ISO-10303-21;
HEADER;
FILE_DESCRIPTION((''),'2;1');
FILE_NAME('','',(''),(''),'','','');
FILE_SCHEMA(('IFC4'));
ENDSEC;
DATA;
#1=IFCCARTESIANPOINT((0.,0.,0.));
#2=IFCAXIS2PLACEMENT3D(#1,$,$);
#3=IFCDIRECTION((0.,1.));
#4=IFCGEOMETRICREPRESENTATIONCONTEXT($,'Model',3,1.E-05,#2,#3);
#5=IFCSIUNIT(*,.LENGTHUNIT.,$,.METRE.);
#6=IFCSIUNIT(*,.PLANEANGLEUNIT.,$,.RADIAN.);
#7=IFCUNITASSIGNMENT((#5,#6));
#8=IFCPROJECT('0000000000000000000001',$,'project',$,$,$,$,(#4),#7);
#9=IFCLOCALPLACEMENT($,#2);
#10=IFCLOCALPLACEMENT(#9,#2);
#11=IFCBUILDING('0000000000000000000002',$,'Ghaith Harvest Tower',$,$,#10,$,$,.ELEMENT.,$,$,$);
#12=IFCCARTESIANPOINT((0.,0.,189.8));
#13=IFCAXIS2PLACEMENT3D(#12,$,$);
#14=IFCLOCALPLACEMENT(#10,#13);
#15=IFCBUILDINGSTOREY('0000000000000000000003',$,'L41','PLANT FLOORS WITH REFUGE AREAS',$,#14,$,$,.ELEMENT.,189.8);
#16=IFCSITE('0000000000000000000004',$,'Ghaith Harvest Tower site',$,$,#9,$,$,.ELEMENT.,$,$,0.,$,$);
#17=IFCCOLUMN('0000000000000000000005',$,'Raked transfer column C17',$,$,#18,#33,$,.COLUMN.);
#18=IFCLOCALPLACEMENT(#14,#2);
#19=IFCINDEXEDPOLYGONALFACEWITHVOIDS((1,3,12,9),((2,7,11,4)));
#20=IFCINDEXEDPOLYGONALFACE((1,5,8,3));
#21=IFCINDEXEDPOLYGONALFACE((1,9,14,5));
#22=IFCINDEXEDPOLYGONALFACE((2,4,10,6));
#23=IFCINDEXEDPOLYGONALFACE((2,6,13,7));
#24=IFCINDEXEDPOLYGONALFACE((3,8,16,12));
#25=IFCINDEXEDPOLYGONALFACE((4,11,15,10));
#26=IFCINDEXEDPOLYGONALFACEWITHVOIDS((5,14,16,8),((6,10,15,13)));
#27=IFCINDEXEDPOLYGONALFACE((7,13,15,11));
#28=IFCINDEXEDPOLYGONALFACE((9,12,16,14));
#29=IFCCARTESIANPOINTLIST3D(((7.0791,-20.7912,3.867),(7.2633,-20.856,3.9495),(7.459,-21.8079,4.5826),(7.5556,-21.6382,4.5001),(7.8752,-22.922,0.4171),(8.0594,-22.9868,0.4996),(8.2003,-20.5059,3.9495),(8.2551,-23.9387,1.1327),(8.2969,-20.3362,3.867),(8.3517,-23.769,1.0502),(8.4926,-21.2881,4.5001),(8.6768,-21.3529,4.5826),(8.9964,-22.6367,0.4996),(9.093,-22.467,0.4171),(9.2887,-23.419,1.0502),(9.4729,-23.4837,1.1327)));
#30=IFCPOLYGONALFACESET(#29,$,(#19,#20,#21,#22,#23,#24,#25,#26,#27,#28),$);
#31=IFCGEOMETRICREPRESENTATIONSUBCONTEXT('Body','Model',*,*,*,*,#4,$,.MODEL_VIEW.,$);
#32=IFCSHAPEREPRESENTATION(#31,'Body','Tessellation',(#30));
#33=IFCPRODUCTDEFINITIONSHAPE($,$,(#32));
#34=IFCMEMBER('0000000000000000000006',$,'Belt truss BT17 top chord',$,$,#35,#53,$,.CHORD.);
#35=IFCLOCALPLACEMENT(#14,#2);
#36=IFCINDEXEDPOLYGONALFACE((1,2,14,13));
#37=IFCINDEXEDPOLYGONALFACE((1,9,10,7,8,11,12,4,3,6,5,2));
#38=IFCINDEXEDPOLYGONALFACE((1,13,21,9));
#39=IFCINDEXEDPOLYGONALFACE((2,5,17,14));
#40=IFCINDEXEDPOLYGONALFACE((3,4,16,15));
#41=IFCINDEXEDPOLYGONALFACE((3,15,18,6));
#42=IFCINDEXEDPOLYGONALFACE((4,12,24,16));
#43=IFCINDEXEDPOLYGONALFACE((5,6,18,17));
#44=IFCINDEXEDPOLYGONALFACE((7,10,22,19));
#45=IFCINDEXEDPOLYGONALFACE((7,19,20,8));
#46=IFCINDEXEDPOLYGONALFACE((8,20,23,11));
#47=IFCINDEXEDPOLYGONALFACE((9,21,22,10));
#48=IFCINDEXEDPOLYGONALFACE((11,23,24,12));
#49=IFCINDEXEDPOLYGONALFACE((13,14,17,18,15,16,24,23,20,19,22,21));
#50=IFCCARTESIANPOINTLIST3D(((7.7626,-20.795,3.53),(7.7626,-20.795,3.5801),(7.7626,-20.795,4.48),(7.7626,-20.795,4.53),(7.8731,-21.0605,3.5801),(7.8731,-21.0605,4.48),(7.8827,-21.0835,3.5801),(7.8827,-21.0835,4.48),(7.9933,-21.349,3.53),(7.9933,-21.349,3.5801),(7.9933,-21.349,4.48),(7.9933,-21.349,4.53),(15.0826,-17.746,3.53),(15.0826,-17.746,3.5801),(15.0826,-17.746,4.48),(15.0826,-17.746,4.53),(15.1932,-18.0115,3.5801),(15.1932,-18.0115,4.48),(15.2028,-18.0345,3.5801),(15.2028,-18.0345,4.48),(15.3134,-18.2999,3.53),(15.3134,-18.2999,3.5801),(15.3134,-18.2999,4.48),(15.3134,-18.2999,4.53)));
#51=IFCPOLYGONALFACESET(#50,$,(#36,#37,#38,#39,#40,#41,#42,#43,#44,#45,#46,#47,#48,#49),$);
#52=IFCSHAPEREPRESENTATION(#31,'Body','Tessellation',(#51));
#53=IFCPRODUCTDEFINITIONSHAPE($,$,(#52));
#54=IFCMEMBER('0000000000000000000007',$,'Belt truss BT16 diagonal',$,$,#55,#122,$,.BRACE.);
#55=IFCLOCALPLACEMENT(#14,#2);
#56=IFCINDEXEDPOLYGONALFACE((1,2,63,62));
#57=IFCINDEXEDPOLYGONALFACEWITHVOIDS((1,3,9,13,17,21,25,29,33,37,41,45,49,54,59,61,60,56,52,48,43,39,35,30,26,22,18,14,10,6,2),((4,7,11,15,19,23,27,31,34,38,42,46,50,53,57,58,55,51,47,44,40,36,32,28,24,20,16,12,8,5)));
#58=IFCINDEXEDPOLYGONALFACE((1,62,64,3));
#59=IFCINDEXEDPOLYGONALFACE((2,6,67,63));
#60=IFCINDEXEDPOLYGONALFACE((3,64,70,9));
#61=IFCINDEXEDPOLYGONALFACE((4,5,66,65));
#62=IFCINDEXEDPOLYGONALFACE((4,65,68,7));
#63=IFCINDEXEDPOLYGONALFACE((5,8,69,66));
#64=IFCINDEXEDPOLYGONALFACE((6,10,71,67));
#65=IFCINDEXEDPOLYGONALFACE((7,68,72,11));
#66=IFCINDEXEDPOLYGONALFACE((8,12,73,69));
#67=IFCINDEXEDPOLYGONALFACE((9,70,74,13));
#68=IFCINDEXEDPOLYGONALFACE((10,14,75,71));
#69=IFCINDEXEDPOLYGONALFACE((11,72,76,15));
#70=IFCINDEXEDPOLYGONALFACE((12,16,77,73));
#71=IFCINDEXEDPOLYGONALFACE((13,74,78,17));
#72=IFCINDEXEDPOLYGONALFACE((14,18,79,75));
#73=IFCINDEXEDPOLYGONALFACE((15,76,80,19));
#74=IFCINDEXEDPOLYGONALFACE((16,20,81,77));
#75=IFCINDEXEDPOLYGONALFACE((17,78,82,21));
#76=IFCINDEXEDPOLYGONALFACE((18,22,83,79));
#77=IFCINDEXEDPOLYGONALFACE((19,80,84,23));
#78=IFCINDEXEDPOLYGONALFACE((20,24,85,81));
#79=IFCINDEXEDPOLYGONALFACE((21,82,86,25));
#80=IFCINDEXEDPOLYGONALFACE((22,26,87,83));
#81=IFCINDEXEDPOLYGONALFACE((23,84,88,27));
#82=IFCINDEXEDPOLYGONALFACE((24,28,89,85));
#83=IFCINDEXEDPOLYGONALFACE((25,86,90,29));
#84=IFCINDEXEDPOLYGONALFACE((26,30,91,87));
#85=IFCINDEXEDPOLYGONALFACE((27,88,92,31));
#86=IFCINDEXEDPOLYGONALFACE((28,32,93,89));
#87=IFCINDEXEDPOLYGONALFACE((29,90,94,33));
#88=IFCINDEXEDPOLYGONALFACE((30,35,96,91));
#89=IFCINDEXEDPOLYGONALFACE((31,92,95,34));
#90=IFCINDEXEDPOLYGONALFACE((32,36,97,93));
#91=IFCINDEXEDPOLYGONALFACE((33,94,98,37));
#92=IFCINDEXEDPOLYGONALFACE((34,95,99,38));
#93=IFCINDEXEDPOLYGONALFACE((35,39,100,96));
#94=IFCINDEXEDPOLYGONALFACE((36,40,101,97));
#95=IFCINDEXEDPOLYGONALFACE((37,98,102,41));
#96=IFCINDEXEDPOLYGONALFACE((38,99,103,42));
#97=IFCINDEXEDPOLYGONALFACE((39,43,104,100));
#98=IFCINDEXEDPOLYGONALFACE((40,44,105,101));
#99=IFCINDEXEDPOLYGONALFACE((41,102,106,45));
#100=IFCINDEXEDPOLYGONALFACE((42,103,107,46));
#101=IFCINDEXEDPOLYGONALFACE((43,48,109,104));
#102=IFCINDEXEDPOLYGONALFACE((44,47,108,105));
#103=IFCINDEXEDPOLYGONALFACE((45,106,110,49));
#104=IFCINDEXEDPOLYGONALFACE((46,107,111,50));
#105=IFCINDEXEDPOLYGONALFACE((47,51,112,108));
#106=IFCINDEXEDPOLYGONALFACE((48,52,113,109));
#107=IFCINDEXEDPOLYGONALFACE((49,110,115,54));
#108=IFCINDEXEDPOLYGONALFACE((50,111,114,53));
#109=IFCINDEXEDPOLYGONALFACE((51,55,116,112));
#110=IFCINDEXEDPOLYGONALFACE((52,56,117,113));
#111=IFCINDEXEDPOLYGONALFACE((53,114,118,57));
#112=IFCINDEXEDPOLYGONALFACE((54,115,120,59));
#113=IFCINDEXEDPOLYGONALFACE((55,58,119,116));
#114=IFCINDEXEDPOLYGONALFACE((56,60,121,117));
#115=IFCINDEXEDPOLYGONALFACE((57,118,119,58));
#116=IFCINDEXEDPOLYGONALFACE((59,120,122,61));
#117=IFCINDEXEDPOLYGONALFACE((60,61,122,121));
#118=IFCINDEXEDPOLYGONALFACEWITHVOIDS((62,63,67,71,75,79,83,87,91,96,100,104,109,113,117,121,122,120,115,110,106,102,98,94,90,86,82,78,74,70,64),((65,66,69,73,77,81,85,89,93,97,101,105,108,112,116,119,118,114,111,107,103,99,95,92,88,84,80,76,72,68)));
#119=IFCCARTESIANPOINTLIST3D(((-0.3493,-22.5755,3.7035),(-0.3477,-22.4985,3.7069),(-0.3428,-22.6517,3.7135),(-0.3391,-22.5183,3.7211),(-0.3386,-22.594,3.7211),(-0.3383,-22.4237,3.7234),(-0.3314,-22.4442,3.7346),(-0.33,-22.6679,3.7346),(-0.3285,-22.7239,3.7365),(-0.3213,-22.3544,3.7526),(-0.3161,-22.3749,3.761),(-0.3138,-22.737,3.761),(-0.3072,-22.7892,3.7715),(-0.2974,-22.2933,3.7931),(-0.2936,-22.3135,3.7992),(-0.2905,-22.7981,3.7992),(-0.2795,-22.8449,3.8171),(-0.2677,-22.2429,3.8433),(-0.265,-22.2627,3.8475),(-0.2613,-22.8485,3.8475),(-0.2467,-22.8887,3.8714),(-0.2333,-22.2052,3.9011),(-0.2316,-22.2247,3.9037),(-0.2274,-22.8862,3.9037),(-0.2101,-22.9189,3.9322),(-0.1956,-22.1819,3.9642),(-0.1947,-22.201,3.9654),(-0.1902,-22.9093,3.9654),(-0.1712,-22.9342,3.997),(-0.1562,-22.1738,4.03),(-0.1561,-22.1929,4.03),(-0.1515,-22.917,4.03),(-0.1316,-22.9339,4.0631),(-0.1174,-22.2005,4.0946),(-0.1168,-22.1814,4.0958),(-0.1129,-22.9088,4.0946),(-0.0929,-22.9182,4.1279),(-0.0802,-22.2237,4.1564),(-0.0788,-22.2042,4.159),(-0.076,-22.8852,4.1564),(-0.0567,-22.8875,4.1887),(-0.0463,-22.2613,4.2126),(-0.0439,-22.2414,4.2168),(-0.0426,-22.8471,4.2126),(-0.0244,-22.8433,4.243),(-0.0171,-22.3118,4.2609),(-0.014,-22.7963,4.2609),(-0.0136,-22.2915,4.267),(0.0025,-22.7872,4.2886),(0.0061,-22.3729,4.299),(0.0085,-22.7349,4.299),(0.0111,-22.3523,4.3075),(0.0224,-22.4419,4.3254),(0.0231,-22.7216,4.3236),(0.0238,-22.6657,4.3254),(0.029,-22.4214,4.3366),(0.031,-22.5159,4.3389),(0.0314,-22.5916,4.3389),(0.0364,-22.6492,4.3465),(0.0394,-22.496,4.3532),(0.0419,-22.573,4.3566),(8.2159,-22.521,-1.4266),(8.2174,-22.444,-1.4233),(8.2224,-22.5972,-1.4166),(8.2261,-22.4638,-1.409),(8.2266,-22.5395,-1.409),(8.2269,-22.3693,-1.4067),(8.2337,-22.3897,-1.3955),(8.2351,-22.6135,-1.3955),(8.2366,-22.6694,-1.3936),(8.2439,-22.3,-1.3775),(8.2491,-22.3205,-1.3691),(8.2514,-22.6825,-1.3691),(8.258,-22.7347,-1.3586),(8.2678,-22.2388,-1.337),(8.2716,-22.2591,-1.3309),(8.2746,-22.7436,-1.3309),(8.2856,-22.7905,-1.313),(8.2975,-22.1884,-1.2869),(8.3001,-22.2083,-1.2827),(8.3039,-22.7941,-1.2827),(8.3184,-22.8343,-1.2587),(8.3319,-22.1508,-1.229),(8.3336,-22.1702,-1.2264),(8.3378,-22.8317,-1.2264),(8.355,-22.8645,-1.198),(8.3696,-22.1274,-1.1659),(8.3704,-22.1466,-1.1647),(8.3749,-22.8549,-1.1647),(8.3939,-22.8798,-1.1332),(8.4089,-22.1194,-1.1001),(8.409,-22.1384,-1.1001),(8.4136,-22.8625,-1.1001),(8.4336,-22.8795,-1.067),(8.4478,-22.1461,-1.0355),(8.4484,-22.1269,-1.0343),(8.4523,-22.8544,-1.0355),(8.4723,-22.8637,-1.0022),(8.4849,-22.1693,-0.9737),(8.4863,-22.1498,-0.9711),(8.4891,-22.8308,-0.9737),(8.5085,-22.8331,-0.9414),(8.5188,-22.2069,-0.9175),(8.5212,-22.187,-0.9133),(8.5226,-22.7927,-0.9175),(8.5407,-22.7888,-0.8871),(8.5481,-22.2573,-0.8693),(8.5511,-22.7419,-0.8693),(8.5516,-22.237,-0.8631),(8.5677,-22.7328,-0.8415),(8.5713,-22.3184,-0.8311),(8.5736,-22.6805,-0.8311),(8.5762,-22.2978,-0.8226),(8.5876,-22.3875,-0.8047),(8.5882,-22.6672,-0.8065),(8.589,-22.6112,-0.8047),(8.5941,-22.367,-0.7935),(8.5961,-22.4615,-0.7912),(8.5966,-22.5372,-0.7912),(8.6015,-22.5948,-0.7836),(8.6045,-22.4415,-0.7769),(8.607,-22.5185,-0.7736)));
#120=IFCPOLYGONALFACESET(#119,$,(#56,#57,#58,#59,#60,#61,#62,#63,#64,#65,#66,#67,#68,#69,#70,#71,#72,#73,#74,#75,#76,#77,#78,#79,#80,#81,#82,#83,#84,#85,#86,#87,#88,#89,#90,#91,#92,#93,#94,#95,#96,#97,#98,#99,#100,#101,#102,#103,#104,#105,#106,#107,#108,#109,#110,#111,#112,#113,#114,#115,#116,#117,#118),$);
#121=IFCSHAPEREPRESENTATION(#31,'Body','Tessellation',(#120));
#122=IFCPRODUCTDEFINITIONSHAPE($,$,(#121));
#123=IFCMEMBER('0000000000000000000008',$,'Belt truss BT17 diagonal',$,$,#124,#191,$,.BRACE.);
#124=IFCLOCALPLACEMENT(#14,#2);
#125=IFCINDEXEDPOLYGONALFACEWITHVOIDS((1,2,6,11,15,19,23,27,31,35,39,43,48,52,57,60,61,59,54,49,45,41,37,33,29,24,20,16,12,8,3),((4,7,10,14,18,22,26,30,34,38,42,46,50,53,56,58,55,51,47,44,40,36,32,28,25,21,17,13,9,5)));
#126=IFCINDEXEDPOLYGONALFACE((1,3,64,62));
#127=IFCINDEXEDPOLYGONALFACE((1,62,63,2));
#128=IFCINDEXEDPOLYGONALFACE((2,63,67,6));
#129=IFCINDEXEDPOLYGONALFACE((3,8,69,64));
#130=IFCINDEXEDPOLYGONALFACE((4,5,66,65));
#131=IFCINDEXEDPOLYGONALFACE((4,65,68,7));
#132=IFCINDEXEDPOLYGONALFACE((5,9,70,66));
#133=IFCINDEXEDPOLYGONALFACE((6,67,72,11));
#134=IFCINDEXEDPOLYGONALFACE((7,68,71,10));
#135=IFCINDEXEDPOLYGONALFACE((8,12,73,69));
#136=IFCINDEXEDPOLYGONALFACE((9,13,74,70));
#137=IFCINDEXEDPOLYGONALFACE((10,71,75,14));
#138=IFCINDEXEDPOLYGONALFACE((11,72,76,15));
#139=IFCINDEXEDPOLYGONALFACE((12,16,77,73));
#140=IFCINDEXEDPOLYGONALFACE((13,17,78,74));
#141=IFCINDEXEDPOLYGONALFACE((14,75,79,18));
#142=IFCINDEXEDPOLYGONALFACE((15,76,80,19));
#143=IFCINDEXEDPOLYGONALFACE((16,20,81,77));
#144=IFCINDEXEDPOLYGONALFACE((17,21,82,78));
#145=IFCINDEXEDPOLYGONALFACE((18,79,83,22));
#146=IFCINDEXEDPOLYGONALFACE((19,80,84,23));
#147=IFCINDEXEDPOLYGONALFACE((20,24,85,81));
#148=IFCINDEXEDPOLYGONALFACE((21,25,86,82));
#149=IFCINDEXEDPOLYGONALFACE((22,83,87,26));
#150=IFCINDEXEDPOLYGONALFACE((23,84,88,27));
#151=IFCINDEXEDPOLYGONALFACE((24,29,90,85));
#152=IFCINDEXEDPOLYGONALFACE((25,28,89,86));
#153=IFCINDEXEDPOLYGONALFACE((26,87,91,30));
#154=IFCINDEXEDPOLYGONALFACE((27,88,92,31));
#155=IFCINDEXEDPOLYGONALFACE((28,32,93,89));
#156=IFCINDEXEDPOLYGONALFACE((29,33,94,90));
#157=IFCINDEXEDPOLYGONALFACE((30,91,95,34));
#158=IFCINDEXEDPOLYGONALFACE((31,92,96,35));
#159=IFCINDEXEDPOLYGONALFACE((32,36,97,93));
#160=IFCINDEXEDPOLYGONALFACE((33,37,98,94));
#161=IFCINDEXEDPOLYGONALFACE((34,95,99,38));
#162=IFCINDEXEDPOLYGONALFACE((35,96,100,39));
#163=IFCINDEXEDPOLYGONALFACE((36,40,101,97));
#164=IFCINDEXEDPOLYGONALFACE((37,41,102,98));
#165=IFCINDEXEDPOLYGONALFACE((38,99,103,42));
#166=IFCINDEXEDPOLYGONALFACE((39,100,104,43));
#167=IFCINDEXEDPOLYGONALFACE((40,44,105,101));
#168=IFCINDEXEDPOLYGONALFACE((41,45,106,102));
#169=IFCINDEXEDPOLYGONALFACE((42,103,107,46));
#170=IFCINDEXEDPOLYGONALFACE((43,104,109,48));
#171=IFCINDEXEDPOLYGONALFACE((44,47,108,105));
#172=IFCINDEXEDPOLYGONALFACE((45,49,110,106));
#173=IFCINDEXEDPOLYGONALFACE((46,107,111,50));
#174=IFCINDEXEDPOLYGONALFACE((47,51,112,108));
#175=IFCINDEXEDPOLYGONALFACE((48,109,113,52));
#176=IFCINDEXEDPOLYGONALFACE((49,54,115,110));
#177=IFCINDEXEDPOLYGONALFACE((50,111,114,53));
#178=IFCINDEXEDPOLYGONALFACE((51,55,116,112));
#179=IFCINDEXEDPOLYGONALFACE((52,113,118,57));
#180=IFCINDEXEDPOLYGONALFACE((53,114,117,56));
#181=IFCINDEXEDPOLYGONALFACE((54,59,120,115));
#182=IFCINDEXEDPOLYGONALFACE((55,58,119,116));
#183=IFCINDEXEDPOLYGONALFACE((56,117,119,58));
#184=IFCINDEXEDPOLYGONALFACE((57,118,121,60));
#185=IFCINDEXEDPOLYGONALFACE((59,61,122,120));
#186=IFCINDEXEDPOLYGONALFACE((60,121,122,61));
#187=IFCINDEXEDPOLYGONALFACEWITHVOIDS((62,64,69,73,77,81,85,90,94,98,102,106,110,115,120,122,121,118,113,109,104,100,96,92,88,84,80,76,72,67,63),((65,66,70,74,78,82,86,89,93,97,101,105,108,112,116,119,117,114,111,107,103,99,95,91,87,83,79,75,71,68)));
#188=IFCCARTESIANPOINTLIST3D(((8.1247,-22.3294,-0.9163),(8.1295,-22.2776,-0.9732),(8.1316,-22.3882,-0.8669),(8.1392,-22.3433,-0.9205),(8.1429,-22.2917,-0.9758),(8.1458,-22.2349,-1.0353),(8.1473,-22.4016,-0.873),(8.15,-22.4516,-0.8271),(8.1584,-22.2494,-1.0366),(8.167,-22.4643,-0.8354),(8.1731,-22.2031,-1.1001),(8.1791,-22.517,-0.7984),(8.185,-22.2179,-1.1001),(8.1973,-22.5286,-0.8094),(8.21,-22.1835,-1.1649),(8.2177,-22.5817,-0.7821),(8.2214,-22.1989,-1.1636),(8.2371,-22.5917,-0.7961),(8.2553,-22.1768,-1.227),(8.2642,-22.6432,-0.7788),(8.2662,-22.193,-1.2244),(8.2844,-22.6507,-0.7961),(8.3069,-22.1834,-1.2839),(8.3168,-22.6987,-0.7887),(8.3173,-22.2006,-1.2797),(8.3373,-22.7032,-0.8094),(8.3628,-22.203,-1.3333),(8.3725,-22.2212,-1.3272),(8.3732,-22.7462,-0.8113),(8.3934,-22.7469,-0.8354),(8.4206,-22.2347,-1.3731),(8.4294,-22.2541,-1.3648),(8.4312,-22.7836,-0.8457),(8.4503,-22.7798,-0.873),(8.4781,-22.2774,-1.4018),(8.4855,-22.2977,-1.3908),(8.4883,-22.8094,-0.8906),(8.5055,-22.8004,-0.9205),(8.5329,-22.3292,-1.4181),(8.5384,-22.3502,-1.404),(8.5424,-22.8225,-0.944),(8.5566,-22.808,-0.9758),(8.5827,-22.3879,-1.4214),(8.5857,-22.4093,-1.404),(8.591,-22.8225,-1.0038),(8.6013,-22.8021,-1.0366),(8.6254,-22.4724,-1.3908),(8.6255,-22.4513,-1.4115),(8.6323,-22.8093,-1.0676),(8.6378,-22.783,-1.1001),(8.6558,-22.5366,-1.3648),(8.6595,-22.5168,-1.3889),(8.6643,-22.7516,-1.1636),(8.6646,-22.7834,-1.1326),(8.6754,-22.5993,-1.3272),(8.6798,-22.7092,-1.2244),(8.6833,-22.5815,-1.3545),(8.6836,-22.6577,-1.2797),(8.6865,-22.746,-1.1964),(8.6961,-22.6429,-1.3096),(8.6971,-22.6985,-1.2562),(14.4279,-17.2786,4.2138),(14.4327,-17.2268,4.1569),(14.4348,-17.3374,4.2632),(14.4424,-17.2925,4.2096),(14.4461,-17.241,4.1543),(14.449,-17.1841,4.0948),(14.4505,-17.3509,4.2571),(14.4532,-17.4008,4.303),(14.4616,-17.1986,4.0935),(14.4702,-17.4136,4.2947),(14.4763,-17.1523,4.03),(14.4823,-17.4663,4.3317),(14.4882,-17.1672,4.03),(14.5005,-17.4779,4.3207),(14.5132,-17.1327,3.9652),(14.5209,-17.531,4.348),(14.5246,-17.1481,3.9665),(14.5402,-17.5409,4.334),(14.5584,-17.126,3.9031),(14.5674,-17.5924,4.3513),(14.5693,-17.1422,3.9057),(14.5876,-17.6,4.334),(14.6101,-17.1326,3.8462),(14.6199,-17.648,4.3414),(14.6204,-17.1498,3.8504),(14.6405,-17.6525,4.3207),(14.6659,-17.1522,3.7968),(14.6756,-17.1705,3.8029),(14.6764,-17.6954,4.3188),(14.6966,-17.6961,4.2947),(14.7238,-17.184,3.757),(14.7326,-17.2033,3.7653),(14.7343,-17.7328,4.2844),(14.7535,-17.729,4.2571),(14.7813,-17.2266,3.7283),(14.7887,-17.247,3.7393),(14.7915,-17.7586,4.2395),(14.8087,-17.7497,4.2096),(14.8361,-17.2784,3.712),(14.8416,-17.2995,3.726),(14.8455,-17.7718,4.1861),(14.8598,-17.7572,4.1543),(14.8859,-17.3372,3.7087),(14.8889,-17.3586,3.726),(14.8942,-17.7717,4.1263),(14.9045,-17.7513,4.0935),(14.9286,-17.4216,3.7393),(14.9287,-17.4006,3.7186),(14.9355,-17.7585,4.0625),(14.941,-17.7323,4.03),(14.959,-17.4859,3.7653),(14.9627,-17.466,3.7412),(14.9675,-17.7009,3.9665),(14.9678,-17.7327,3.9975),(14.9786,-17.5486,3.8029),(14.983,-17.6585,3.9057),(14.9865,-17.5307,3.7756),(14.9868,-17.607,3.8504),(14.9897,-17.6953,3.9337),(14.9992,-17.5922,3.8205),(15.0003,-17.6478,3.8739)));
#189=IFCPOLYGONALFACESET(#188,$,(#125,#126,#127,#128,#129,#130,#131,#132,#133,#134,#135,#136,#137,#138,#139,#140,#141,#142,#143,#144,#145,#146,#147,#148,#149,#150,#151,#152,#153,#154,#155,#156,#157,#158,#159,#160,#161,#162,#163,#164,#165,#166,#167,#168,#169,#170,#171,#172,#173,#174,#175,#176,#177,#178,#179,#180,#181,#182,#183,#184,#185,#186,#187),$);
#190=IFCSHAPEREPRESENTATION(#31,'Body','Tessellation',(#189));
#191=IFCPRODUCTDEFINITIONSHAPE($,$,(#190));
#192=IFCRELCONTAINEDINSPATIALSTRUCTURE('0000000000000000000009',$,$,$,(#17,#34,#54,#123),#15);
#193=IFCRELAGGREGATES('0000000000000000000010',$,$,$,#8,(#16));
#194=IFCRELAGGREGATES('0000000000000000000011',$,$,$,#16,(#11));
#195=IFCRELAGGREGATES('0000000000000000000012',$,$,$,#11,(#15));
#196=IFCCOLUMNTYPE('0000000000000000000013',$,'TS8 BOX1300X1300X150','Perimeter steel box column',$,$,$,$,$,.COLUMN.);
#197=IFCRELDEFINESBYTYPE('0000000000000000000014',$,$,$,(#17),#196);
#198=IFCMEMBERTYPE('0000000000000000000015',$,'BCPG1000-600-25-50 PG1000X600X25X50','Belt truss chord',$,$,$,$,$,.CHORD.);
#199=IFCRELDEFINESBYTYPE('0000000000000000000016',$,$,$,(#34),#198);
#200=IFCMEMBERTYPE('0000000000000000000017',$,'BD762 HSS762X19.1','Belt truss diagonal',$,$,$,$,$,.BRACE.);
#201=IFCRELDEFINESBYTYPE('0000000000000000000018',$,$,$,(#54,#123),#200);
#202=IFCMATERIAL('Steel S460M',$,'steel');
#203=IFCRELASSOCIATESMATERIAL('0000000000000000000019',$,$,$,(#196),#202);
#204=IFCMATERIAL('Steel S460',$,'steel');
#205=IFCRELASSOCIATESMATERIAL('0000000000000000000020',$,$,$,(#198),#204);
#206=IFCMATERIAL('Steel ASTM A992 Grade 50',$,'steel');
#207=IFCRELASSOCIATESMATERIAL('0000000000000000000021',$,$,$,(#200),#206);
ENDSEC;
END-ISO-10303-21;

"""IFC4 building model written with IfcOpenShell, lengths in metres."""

from ifc_helpers import new_model, si_unit, direction, frame, origin, origin_2d, place, context, subcontext, project, spatial, hollow_rectangle, hollow_circle, i_section, extrude, material, material_profile, profile_set, type_object, element, save


model = new_model("IFC4")

# Units and contexts
model_context = context("Model", 3, precision=1e-05, world=origin(), true_north=direction((0.0, 1.0)))
body_context = subcontext(model_context, "Body", "Model", "MODEL_VIEW")
ifc_project = project(units=[si_unit("LENGTHUNIT", "METRE"), si_unit("PLANEANGLEUNIT", "RADIAN")], contexts=[model_context])

# Site, building, storey
site_placement = place(None, origin())
site = spatial("IfcSite", under=ifc_project, at=site_placement, Name="Ghaith Harvest Tower site", CompositionType="ELEMENT", RefElevation=0.0)
building_placement = place(site_placement, origin())
building = spatial("IfcBuilding", under=site, at=building_placement, Name="Ghaith Harvest Tower", CompositionType="ELEMENT")
storey_placement = place(building_placement, frame((0.0, 0.0, 189.8)))
storey = spatial("IfcBuildingStorey", under=building, at=storey_placement, Name="L41", Description="PLANT FLOORS WITH REFUGE AREAS", CompositionType="ELEMENT", Elevation=189.8)

# Column
ifc_material_1 = material(Name="Steel S460M", Category="steel")
ifc_material_profile_1 = material_profile(ifc_material_1, hollow_rectangle(XDim=1.3, YDim=1.3, WallThickness=0.1499, at=origin_2d()), Name="BOX1300X1300X150")
ifc_profile_set_1 = profile_set([ifc_material_profile_1], Name="Steel S460M")
column_type = type_object("IfcColumnType", Name="TS8 BOX1300X1300X150", Description="Perimeter steel box column", PredefinedType="COLUMN", material=ifc_profile_set_1)
column_placement = place(storey_placement, frame((8.6741, -23.2029, 0.7749), z_axis=(-0.19266, 0.515649, 0.834858), x_axis=(-0.936752, -0.349994, 0.0)))
element("IfcColumn", 1, at=column_placement, inside=storey, type_object=column_type, Name="Raked transfer column C17", PredefinedType="COLUMN", context=body_context, shape_type="SweptSolid", body=[
    extrude(hollow_rectangle(XDim=1.3, YDim=1.3, WallThickness=0.1499, at=origin_2d()), origin(), (0.0, 0.0, 1.0), 4.1323),
])

# Members
ifc_material_2 = material(Name="Steel S460", Category="steel")
ifc_material_profile_2 = material_profile(ifc_material_2, i_section(OverallWidth=0.6001, OverallDepth=1.0, WebThickness=0.0249, FlangeThickness=0.05, at=origin_2d()), Name="PG1000X600X25X50")
ifc_profile_set_2 = profile_set([ifc_material_profile_2], Name="Steel S460")
member_type_1 = type_object("IfcMemberType", Name="BCPG1000-600-25-50 PG1000X600X25X50", Description="Belt truss chord", PredefinedType="CHORD", material=ifc_profile_set_2)
member_1_placement = place(storey_placement, frame((7.8779, -21.072, 4.03), z_axis=(0.92312, 0.384513, 0.0), x_axis=(-0.384513, 0.92312, 0.0)))
element("IfcMember", 2, at=member_1_placement, inside=storey, type_object=member_type_1, Name="Belt truss BT17 top chord", PredefinedType="CHORD", context=body_context, shape_type="SweptSolid", body=[
    extrude(i_section(OverallWidth=0.6001, OverallDepth=1.0, WebThickness=0.0249, FlangeThickness=0.05, at=origin_2d()), origin(), (0.0, 0.0, 1.0), 7.9297),
])
ifc_material_3 = material(Name="Steel ASTM A992 Grade 50", Category="steel")
ifc_material_profile_3 = material_profile(ifc_material_3, hollow_circle(Radius=0.3811, WallThickness=0.019, at=origin_2d()), Name="HSS762X19.1")
ifc_profile_set_3 = profile_set([ifc_material_profile_3], Name="Steel ASTM A992 Grade 50")
member_type_2 = type_object("IfcMemberType", Name="BD762 HSS762X19.1", Description="Belt truss diagonal", PredefinedType="BRACE", material=ifc_profile_set_3)
member_2_placement = place(storey_placement, frame((-0.1538, -22.5549, 4.03), z_axis=(0.857877, 0.005453, -0.513826), x_axis=(-0.006356, 0.99998, 0.0)))
element("IfcMember", 3, at=member_2_placement, inside=storey, type_object=member_type_2, Name="Belt truss BT16 diagonal", PredefinedType="BRACE", context=body_context, shape_type="SweptSolid", body=[
    extrude(hollow_circle(Radius=0.3811, WallThickness=0.019, at=origin_2d()), origin(), (0.0, 0.0, 1.0), 9.9841),
])
member_3_placement = place(storey_placement, frame((8.4114, -22.5005, -1.1001), z_axis=(0.658736, 0.527846, 0.536139), x_axis=(-0.625314, 0.780373, 0.0)))
element("IfcMember", 4, at=member_3_placement, inside=storey, type_object=member_type_2, Name="Belt truss BT17 diagonal", PredefinedType="BRACE", context=body_context, shape_type="SweptSolid", body=[
    extrude(hollow_circle(Radius=0.3811, WallThickness=0.019, at=origin_2d()), origin(), (0.0, 0.0, 1.0), 9.5686),
])

save(model, "model.ifc")
